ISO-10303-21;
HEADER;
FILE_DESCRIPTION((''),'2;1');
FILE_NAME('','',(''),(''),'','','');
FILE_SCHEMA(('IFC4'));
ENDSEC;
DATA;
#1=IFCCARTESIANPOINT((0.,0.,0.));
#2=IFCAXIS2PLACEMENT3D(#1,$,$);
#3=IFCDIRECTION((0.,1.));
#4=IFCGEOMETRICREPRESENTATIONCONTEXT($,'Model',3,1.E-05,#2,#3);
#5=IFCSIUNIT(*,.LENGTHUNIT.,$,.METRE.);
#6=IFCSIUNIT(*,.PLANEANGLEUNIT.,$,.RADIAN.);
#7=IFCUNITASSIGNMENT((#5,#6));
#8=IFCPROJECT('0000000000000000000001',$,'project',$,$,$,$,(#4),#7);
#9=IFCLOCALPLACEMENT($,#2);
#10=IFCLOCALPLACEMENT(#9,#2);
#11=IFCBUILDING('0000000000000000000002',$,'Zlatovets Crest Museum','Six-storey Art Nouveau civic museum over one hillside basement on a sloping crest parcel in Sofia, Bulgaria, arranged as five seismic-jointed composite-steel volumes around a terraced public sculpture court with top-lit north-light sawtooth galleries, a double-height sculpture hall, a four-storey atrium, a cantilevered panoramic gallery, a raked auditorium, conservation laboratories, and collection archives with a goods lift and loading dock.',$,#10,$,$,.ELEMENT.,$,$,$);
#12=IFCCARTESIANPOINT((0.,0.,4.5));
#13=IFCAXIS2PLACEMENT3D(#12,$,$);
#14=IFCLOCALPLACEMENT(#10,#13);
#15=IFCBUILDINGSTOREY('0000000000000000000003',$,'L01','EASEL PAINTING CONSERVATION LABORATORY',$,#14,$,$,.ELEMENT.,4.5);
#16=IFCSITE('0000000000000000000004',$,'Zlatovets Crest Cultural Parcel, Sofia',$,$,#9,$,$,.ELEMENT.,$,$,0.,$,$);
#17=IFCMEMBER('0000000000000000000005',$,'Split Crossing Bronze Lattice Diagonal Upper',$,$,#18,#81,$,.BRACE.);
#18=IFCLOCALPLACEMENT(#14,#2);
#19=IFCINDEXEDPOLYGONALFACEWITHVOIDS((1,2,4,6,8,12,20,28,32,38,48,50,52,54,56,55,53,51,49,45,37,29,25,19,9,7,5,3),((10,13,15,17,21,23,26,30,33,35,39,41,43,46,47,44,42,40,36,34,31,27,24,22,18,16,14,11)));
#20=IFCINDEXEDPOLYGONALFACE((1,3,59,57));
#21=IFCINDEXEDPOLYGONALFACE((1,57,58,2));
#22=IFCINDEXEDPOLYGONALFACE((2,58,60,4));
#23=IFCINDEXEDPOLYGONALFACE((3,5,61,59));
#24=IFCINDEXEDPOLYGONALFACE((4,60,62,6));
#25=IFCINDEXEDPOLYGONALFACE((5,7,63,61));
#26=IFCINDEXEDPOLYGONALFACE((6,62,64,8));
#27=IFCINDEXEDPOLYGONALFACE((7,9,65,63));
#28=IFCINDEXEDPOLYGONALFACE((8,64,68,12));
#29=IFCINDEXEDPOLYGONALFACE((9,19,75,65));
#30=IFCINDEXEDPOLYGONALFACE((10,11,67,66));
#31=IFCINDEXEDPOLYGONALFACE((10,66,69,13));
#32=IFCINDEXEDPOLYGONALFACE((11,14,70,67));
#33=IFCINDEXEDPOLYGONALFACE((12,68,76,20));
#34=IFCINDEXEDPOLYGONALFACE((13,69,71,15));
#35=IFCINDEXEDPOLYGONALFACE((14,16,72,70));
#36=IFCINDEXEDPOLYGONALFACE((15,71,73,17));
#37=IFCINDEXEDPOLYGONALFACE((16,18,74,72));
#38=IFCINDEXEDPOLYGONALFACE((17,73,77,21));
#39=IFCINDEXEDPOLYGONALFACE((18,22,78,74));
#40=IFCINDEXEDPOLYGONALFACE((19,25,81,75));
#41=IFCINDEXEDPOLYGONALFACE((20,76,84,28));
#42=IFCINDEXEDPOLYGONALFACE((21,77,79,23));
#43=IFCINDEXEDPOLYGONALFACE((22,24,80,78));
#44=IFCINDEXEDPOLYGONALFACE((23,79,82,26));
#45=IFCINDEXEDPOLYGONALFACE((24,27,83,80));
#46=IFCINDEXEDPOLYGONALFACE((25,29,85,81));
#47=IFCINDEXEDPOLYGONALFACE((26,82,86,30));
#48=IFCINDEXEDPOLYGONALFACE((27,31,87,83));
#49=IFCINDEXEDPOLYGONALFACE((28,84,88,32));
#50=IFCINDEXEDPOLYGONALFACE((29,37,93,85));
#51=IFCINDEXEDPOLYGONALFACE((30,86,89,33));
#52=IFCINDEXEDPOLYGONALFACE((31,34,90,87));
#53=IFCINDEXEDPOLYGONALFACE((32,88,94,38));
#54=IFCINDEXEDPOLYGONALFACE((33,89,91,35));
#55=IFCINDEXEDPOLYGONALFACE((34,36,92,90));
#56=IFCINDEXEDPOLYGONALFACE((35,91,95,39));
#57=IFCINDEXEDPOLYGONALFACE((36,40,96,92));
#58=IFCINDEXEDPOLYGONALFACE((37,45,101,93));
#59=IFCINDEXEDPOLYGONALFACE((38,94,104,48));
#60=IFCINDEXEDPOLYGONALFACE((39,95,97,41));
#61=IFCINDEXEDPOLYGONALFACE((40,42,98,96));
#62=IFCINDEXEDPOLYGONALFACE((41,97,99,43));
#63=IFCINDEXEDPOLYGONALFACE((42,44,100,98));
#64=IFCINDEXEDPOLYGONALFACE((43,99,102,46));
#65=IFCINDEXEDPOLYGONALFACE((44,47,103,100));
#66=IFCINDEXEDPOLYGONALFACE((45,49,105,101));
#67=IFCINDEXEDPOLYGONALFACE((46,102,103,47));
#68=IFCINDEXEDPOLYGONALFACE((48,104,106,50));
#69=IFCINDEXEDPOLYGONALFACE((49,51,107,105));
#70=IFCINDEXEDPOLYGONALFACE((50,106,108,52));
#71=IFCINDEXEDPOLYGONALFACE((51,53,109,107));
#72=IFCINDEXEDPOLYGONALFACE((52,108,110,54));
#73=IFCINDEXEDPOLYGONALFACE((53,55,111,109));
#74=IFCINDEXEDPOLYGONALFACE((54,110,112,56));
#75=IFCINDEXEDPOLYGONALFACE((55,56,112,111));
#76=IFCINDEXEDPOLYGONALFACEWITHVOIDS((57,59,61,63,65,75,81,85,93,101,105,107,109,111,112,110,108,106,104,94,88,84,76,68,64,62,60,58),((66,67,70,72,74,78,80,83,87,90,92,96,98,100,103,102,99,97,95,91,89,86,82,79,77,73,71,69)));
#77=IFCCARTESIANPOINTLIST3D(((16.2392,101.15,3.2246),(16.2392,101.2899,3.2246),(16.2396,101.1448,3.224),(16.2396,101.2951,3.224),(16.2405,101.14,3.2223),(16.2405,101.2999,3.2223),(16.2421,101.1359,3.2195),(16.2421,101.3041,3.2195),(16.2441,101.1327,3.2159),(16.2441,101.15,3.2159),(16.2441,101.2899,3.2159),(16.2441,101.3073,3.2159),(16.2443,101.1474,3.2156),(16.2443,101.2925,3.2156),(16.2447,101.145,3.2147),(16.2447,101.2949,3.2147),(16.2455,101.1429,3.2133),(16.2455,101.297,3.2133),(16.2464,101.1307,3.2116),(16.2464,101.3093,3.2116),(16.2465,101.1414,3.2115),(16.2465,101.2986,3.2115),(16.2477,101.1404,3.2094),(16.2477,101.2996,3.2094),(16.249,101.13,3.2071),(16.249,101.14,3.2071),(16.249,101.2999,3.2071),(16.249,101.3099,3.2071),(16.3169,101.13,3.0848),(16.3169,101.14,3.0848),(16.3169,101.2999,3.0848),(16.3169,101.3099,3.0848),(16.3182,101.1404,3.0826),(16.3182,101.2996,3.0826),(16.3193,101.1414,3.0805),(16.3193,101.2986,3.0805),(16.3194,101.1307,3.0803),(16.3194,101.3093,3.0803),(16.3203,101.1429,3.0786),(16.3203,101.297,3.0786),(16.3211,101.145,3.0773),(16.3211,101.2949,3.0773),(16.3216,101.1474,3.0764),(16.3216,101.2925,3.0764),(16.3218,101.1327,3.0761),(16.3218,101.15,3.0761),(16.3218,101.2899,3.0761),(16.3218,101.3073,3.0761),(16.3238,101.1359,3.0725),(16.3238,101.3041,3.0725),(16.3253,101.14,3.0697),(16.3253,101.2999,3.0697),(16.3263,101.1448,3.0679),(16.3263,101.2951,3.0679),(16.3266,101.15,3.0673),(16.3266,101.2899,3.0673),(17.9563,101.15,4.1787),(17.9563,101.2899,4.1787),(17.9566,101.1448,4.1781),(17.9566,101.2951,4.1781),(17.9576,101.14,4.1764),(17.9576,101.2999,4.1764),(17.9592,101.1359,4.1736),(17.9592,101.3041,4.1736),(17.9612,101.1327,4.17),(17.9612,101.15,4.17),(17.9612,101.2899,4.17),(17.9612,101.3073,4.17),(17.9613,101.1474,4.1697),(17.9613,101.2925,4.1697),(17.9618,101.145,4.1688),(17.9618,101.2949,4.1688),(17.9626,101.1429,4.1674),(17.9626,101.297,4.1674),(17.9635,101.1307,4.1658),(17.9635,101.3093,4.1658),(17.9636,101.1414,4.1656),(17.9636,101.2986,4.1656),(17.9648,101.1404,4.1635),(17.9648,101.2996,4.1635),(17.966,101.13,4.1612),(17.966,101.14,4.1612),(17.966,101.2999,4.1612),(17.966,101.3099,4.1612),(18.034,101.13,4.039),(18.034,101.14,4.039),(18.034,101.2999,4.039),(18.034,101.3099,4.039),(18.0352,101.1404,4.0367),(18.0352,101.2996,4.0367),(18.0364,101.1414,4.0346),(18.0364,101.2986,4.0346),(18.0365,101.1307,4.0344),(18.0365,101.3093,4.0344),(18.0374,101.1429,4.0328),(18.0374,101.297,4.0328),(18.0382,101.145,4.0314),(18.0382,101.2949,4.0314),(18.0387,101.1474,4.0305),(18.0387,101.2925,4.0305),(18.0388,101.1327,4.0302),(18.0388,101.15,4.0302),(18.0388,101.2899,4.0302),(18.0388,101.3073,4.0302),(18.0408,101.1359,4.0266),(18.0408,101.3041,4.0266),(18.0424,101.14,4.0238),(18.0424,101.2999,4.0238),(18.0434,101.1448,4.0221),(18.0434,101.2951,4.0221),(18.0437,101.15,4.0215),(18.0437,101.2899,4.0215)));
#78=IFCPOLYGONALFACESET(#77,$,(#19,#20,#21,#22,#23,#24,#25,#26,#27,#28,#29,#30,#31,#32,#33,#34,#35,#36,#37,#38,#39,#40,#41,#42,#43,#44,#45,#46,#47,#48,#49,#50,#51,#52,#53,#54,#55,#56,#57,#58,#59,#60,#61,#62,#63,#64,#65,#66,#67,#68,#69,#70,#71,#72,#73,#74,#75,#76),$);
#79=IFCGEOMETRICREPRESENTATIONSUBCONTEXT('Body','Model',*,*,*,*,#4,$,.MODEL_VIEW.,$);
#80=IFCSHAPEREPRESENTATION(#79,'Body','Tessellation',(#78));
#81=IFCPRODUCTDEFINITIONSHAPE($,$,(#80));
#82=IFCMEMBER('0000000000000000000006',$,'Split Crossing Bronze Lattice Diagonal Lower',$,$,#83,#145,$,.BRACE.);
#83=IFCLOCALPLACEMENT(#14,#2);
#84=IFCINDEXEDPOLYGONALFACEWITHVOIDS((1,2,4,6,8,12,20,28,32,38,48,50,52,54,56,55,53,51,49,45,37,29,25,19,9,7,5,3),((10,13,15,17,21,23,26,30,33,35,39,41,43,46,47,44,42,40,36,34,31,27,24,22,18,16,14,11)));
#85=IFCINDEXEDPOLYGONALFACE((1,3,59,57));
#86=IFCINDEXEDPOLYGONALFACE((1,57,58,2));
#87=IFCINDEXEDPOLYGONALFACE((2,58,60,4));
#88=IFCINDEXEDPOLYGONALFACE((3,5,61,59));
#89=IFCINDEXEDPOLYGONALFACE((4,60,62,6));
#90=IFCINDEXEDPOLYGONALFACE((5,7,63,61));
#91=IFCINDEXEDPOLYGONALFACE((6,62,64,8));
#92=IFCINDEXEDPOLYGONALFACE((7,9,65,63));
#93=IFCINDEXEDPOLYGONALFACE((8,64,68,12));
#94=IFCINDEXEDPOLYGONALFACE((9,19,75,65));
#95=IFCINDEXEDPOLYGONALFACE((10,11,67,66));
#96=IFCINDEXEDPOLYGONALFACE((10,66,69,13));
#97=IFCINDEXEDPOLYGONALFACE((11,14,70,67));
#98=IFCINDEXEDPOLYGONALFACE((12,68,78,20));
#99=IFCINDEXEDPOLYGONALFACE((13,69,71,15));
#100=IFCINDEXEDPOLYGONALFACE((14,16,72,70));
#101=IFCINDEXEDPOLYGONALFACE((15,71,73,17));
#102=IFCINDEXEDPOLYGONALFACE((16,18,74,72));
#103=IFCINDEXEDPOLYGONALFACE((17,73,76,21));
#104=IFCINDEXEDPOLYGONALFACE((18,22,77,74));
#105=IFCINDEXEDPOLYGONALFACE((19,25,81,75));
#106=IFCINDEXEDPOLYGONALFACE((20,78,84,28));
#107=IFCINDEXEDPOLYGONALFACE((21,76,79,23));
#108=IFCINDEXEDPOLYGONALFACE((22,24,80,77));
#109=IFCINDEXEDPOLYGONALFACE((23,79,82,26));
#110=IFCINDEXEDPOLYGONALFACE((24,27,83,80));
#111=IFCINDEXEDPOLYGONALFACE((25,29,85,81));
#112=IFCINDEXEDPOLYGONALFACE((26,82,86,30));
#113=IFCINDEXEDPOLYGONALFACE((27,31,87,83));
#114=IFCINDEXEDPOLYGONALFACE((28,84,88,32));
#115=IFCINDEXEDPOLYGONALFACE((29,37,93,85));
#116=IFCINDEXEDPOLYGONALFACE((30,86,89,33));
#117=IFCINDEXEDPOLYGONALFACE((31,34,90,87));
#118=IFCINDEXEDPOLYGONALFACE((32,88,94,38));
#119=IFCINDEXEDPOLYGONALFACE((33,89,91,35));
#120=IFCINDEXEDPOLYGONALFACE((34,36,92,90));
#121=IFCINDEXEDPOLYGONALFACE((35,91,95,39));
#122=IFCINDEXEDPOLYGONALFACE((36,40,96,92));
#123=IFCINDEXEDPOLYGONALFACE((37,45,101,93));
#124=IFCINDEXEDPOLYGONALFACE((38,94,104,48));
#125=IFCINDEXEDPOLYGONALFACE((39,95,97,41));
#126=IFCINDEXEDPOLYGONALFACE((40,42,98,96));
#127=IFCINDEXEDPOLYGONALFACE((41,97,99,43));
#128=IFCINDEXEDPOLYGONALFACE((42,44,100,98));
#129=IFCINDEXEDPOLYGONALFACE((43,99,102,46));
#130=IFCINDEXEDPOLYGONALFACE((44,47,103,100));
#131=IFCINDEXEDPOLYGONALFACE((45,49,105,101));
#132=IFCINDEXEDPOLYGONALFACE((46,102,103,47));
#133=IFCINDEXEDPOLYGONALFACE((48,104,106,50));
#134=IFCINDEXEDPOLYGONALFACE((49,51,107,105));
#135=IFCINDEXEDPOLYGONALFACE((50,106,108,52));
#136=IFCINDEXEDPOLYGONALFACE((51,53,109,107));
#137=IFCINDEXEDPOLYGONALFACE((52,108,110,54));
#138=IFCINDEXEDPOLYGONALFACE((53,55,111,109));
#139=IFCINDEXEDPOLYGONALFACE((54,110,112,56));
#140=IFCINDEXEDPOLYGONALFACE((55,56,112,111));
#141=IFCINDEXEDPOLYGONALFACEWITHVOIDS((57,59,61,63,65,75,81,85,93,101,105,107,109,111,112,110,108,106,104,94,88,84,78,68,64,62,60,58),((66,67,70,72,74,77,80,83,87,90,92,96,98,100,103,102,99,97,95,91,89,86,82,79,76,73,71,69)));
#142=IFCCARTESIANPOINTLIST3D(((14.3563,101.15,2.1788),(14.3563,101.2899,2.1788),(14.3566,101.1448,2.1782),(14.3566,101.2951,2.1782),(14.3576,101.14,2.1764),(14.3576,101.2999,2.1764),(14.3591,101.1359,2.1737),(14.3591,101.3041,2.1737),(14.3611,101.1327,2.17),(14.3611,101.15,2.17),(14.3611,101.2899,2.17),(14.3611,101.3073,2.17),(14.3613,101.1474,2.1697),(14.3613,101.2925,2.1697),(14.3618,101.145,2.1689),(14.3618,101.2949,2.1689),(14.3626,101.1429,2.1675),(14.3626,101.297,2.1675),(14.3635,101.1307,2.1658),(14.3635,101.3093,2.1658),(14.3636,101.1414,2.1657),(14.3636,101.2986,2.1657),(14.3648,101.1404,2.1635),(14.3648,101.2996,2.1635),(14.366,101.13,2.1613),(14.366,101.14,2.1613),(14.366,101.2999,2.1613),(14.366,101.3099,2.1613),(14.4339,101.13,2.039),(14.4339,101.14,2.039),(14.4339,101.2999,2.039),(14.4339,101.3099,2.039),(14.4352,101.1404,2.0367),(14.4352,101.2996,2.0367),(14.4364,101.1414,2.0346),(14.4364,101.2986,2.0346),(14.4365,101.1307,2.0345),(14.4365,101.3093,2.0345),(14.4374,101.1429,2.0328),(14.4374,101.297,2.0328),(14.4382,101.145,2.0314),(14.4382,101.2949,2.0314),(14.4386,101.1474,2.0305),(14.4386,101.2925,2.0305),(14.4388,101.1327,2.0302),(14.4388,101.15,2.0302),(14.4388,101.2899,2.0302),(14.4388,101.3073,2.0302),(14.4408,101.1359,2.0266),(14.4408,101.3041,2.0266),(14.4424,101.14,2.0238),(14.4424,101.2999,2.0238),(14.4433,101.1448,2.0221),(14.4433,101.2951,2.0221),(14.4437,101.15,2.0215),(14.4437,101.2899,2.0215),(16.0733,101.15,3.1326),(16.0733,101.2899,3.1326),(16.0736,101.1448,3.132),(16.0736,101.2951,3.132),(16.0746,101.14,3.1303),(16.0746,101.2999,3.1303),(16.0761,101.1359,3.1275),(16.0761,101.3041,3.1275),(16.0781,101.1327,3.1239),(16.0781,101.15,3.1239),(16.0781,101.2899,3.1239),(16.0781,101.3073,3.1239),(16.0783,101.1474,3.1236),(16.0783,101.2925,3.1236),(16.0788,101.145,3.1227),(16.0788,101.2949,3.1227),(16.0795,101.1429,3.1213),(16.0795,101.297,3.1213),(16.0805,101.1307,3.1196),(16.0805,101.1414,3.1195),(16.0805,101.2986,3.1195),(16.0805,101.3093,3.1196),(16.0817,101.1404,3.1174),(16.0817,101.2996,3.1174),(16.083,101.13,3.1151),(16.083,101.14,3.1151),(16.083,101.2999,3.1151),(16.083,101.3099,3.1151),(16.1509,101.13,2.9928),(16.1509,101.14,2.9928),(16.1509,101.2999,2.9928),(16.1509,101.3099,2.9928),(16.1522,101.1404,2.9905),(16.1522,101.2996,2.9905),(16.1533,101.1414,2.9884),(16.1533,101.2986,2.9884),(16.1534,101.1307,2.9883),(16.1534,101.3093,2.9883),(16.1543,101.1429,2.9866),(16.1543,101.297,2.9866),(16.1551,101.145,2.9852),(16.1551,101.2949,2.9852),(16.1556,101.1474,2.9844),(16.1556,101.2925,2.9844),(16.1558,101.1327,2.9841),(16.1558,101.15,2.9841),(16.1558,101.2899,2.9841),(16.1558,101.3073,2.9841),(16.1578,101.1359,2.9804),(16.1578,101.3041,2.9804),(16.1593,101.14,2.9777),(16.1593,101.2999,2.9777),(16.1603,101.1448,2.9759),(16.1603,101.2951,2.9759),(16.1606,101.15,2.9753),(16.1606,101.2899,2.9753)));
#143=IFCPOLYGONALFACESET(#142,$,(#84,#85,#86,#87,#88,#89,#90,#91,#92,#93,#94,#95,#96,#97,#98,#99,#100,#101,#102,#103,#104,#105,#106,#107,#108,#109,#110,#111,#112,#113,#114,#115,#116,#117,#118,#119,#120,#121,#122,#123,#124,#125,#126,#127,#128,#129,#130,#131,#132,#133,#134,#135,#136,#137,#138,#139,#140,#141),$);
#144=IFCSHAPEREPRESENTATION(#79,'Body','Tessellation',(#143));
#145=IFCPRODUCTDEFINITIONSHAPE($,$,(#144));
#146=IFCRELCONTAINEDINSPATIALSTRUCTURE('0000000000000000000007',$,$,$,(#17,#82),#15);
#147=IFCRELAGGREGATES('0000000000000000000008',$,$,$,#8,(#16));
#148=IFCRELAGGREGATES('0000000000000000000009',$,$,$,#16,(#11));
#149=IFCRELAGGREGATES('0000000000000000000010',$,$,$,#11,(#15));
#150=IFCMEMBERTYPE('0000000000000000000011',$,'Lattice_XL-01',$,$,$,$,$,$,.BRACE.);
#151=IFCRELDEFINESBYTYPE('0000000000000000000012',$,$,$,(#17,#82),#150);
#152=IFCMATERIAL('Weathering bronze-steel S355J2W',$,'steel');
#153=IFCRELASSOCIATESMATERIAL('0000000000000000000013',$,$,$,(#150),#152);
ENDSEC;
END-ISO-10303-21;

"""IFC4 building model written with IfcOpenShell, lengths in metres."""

from ifc_helpers import new_model, si_unit, direction, frame, origin, origin_2d, place, context, subcontext, project, spatial, hollow_rectangle, extrude, material, material_profile, profile_set, type_object, element, save


model = new_model("IFC4")

# Units and contexts
model_context = context("Model", 3, precision=1e-05, world=origin(), true_north=direction((0.0, 1.0)))
body_context = subcontext(model_context, "Body", "Model", "MODEL_VIEW")
ifc_project = project(units=[si_unit("LENGTHUNIT", "METRE"), si_unit("PLANEANGLEUNIT", "RADIAN")], contexts=[model_context])

# Site, building, storey
site_placement = place(None, origin())
site = spatial("IfcSite", under=ifc_project, at=site_placement, Name="Zlatovets Crest Cultural Parcel, Sofia", CompositionType="ELEMENT", RefElevation=0.0)
building_placement = place(site_placement, origin())
building = spatial("IfcBuilding", under=site, at=building_placement, Name="Zlatovets Crest Museum", Description="Six-storey Art Nouveau civic museum over one hillside basement on a sloping crest parcel in Sofia, Bulgaria, arranged as five seismic-jointed composite-steel volumes around a terraced public sculpture court with top-lit north-light sawtooth galleries, a double-height sculpture hall, a four-storey atrium, a cantilevered panoramic gallery, a raked auditorium, conservation laboratories, and collection archives with a goods lift and loading dock.", CompositionType="ELEMENT")
storey_placement = place(building_placement, frame((0.0, 0.0, 4.5)))
storey = spatial("IfcBuildingStorey", under=building, at=storey_placement, Name="L01", Description="EASEL PAINTING CONSERVATION LABORATORY", CompositionType="ELEMENT", Elevation=4.5)

# Members
ifc_material_1 = material(Name="Weathering bronze-steel S355J2W", Category="steel")
ifc_material_profile_1 = material_profile(ifc_material_1, hollow_rectangle(XDim=0.1799, YDim=0.1799, WallThickness=0.01, InnerFilletRadius=0.01, OuterFilletRadius=0.02, at=origin_2d()), Name="SHS 180x180x10.0")
ifc_profile_set_1 = profile_set([ifc_material_profile_1], Name="Weathering bronze-steel S355J2W")
member_type_1 = type_object("IfcMemberType", Name="Lattice_XL-01", PredefinedType="BRACE", material=ifc_profile_set_1)
member_1_placement = place(storey_placement, frame((18.0, 101.22, 4.1001), z_axis=(-0.874116, 0.0, -0.485717), x_axis=(0.0, -1.0, 0.0)))
element("IfcMember", 1, at=member_1_placement, inside=storey, type_object=member_type_1, Name="Split Crossing Bronze Lattice Diagonal Upper", PredefinedType="BRACE", context=body_context, shape_type="SweptSolid", body=[
    extrude(hollow_rectangle(XDim=0.1799, YDim=0.1799, WallThickness=0.01, InnerFilletRadius=0.01, OuterFilletRadius=0.02, at=origin_2d()), origin(), (0.0, 0.0, 1.0), 1.9644),
])
for number, where, z_axis, x_axis, name in (
    (2, (16.1169, 101.22, 3.054), (-0.874169, 0.0, -0.485622), (0.0, -1.0, 0.0), "Split Crossing Bronze Lattice Diagonal Lower"),
):
    element("IfcMember", number, at=place(storey_placement, frame(where, z_axis=z_axis, x_axis=x_axis)), inside=storey, type_object=member_type_1, Name=name, PredefinedType="BRACE", context=body_context, shape_type="SweptSolid", body=[
        extrude(hollow_rectangle(XDim=0.1799, YDim=0.1799, WallThickness=0.01, InnerFilletRadius=0.01, OuterFilletRadius=0.02, at=origin_2d()), origin(), (0.0, 0.0, 1.0), 1.9641),
    ])

save(model, "model.ifc")
